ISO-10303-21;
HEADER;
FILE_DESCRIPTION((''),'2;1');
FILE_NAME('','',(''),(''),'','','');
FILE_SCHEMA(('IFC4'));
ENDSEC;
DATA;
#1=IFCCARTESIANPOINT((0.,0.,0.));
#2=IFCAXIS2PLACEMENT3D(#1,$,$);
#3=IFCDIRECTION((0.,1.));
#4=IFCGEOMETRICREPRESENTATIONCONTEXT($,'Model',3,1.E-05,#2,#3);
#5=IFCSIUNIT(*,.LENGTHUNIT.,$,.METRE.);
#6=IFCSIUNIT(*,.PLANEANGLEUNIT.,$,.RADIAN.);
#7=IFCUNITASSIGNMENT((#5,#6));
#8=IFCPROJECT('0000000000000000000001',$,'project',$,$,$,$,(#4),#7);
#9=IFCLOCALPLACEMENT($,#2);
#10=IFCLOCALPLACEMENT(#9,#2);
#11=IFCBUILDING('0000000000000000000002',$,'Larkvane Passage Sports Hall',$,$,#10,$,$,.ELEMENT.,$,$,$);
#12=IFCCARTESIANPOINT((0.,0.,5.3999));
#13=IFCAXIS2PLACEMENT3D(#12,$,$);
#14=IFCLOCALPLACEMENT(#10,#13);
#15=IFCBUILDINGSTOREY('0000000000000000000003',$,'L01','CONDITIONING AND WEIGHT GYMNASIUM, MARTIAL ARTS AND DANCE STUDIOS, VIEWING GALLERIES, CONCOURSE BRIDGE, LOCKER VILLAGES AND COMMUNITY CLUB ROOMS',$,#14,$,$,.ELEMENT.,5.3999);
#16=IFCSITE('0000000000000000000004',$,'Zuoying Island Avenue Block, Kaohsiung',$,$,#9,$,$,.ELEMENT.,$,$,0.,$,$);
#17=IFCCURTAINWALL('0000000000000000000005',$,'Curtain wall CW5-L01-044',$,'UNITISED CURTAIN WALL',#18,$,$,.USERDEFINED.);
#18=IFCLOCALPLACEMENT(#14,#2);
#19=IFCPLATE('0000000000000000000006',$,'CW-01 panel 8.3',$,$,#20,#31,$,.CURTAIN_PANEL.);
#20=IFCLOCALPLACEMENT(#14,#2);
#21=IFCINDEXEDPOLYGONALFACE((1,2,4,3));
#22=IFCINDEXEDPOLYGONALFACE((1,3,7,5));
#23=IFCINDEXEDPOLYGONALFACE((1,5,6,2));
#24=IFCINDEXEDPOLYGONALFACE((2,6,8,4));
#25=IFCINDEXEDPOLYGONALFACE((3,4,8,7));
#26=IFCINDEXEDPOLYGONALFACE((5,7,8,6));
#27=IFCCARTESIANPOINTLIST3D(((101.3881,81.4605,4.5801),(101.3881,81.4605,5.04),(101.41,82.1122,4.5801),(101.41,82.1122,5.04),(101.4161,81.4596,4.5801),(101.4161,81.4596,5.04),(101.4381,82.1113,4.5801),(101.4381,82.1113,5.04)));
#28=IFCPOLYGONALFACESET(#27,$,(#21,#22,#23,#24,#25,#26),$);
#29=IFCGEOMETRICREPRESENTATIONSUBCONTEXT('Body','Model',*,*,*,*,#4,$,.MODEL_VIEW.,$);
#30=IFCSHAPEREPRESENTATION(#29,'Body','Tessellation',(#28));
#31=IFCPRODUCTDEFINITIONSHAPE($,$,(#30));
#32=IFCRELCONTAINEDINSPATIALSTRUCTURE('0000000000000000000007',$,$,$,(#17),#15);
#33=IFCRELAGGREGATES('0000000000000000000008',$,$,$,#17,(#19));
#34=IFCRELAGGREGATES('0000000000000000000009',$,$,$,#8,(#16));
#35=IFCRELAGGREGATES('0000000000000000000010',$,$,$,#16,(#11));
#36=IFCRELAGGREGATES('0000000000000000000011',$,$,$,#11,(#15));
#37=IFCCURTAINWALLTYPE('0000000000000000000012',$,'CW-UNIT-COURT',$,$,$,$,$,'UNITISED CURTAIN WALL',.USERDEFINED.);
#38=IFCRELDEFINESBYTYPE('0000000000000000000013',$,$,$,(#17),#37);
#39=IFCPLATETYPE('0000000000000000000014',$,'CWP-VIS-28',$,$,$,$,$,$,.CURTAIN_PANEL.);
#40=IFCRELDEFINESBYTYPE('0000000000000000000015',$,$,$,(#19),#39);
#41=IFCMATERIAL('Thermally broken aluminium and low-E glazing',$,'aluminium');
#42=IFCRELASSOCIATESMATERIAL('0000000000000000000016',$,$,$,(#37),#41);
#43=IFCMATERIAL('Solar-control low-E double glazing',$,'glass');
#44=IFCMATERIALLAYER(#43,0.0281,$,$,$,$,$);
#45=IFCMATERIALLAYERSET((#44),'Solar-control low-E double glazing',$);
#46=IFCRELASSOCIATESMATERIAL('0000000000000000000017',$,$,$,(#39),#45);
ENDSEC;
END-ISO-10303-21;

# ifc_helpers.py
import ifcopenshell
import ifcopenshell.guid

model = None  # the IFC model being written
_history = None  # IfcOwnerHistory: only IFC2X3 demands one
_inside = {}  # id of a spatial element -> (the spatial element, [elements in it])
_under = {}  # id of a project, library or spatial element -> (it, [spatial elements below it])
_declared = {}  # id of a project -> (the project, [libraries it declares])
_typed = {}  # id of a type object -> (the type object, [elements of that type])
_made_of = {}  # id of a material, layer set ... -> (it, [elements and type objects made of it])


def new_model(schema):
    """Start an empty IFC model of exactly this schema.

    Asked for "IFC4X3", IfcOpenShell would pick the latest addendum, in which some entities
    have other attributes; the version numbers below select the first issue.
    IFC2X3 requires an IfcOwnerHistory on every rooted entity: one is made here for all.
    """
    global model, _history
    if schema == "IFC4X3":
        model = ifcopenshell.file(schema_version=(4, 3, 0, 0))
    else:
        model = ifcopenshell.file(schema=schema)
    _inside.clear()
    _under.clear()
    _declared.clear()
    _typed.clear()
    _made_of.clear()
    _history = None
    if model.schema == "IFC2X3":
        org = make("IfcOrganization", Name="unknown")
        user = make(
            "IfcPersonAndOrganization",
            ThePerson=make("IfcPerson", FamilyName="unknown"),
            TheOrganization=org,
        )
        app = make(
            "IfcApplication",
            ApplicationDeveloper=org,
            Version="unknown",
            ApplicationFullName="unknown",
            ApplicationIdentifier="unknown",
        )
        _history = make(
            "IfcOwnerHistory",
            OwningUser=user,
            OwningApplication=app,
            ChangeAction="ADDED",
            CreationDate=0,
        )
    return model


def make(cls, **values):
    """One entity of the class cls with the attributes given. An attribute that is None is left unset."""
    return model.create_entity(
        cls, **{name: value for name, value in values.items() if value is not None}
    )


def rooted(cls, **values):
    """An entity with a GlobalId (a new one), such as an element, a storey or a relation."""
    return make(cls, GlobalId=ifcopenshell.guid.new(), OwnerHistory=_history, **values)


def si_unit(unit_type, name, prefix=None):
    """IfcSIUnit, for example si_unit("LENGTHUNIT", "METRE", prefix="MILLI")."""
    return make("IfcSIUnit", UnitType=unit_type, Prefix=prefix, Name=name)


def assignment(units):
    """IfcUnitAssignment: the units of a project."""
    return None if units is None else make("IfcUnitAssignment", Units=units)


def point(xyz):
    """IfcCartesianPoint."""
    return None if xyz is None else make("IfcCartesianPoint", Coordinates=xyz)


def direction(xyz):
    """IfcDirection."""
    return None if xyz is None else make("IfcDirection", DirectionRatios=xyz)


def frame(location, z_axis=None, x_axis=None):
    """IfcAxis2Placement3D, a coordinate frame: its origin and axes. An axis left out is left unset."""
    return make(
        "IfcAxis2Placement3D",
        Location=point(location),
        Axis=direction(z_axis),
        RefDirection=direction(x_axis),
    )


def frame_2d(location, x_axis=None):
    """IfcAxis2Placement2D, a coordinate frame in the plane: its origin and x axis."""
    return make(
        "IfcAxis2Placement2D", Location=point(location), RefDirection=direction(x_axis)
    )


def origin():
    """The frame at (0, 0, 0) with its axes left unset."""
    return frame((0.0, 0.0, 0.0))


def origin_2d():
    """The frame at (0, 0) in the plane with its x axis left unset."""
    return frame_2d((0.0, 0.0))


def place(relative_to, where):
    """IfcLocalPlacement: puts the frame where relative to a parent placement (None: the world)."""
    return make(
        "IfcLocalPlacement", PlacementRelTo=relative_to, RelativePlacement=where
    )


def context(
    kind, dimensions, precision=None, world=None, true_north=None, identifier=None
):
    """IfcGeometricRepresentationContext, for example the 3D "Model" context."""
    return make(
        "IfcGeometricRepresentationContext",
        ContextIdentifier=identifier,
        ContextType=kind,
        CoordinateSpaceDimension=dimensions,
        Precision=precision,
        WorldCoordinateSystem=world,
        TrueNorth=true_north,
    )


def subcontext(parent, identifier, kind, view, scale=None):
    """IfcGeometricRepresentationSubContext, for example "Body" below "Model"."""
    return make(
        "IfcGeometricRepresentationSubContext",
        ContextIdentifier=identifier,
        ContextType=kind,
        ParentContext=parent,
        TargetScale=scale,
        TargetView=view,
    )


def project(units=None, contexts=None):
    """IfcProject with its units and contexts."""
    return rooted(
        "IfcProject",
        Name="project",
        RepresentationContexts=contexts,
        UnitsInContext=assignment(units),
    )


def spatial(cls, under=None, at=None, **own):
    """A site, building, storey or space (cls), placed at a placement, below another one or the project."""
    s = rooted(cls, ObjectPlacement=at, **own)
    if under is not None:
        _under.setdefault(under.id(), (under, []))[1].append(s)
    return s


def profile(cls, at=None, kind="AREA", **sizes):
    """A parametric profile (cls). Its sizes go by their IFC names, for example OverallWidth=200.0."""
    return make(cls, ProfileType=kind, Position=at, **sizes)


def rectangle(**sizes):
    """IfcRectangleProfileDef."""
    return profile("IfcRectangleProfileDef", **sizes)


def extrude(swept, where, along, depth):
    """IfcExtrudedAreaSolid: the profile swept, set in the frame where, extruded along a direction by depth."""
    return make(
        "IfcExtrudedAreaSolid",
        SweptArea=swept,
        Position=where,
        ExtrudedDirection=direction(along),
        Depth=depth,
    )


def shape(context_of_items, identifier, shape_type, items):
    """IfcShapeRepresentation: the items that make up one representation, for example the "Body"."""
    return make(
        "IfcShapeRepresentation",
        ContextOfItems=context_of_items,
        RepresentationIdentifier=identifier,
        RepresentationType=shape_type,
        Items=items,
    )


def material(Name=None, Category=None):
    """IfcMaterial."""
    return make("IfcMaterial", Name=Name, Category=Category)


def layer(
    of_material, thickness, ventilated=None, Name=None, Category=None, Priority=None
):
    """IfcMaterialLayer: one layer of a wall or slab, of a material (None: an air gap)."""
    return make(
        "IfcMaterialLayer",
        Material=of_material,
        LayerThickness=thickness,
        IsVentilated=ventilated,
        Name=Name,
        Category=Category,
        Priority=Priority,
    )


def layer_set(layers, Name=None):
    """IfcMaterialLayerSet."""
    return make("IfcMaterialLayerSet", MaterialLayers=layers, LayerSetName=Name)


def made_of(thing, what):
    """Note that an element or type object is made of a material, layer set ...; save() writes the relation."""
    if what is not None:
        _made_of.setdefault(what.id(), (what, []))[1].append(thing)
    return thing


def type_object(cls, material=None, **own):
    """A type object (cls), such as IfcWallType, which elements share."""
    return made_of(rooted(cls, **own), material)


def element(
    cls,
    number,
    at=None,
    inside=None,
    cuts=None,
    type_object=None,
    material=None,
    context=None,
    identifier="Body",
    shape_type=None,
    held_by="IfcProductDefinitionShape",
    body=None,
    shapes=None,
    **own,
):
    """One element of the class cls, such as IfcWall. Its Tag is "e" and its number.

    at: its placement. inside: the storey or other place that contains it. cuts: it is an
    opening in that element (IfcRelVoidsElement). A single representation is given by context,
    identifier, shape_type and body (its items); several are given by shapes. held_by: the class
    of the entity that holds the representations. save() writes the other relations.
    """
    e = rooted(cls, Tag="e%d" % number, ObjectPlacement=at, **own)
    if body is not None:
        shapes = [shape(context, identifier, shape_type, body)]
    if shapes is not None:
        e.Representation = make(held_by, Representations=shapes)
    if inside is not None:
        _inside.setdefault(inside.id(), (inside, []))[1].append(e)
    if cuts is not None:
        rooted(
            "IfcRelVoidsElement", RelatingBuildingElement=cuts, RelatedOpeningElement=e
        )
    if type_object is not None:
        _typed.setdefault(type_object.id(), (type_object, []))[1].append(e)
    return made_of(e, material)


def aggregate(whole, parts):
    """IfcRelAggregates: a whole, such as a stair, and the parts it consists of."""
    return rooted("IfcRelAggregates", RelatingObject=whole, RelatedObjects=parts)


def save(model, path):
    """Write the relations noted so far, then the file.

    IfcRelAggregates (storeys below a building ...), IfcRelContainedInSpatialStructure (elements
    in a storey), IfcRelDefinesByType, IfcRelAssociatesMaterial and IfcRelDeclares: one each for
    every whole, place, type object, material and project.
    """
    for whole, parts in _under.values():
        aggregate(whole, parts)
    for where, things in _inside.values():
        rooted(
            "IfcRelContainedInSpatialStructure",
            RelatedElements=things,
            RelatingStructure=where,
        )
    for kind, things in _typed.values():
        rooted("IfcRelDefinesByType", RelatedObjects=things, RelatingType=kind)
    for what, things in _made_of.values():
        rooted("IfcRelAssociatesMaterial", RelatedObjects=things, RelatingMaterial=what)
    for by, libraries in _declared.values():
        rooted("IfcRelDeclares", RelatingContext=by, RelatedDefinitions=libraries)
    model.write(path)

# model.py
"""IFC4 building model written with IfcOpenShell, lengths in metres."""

from ifc_helpers import new_model, si_unit, direction, frame, origin, origin_2d, place, context, subcontext, project, spatial, rectangle, extrude, material, layer, layer_set, type_object, element, aggregate, save


model = new_model("IFC4")

# Units and contexts
model_context = context("Model", 3, precision=1e-05, world=origin(), true_north=direction((0.0, 1.0)))
body_context = subcontext(model_context, "Body", "Model", "MODEL_VIEW")
ifc_project = project(units=[si_unit("LENGTHUNIT", "METRE"), si_unit("PLANEANGLEUNIT", "RADIAN")], contexts=[model_context])

# Site, building, storey
site_placement = place(None, origin())
site = spatial("IfcSite", under=ifc_project, at=site_placement, Name="Zuoying Island Avenue Block, Kaohsiung", CompositionType="ELEMENT", RefElevation=0.0)
building_placement = place(site_placement, origin())
building = spatial("IfcBuilding", under=site, at=building_placement, Name="Larkvane Passage Sports Hall", CompositionType="ELEMENT")
storey_placement = place(building_placement, frame((0.0, 0.0, 5.3999)))
storey = spatial("IfcBuildingStorey", under=building, at=storey_placement, Name="L01", Description="CONDITIONING AND WEIGHT GYMNASIUM, MARTIAL ARTS AND DANCE STUDIOS, VIEWING GALLERIES, CONCOURSE BRIDGE, LOCKER VILLAGES AND COMMUNITY CLUB ROOMS", CompositionType="ELEMENT", Elevation=5.3999)

# Curtain wall, plate
ifc_material_1 = material(Name="Thermally broken aluminium and low-E glazing", Category="aluminium")
curtain_wall_type = type_object("IfcCurtainWallType", Name="CW-UNIT-COURT", ElementType="UNITISED CURTAIN WALL", PredefinedType="USERDEFINED", material=ifc_material_1)
curtain_wall_placement = place(storey_placement, origin())
curtain_wall = element("IfcCurtainWall", 1, at=curtain_wall_placement, inside=storey, type_object=curtain_wall_type, Name="Curtain wall CW5-L01-044", ObjectType="UNITISED CURTAIN WALL", PredefinedType="USERDEFINED")
ifc_material_2 = material(Name="Solar-control low-E double glazing", Category="glass")
ifc_layer_1 = layer(ifc_material_2, 0.0281)
ifc_layer_set_1 = layer_set([ifc_layer_1], Name="Solar-control low-E double glazing")
plate_type_1 = type_object("IfcPlateType", Name="CWP-VIS-28", PredefinedType="CURTAIN_PANEL", material=ifc_layer_set_1)
plate_1_placement = place(storey_placement, frame((101.4131, 81.7859, 4.5801), z_axis=(0.0, 0.0, 1.0), x_axis=(-0.033689, -0.999432, 0.0)))
plate_1 = element("IfcPlate", 2, at=plate_1_placement, type_object=plate_type_1, Name="CW-01 panel 8.3", PredefinedType="CURTAIN_PANEL", context=body_context, shape_type="SweptSolid", body=[
    extrude(rectangle(XDim=0.6521, YDim=0.0281, at=origin_2d()), origin(), (0.0, 0.0, 1.0), 0.46),
])
aggregate(curtain_wall, [plate_1])

save(model, "model.ifc")
